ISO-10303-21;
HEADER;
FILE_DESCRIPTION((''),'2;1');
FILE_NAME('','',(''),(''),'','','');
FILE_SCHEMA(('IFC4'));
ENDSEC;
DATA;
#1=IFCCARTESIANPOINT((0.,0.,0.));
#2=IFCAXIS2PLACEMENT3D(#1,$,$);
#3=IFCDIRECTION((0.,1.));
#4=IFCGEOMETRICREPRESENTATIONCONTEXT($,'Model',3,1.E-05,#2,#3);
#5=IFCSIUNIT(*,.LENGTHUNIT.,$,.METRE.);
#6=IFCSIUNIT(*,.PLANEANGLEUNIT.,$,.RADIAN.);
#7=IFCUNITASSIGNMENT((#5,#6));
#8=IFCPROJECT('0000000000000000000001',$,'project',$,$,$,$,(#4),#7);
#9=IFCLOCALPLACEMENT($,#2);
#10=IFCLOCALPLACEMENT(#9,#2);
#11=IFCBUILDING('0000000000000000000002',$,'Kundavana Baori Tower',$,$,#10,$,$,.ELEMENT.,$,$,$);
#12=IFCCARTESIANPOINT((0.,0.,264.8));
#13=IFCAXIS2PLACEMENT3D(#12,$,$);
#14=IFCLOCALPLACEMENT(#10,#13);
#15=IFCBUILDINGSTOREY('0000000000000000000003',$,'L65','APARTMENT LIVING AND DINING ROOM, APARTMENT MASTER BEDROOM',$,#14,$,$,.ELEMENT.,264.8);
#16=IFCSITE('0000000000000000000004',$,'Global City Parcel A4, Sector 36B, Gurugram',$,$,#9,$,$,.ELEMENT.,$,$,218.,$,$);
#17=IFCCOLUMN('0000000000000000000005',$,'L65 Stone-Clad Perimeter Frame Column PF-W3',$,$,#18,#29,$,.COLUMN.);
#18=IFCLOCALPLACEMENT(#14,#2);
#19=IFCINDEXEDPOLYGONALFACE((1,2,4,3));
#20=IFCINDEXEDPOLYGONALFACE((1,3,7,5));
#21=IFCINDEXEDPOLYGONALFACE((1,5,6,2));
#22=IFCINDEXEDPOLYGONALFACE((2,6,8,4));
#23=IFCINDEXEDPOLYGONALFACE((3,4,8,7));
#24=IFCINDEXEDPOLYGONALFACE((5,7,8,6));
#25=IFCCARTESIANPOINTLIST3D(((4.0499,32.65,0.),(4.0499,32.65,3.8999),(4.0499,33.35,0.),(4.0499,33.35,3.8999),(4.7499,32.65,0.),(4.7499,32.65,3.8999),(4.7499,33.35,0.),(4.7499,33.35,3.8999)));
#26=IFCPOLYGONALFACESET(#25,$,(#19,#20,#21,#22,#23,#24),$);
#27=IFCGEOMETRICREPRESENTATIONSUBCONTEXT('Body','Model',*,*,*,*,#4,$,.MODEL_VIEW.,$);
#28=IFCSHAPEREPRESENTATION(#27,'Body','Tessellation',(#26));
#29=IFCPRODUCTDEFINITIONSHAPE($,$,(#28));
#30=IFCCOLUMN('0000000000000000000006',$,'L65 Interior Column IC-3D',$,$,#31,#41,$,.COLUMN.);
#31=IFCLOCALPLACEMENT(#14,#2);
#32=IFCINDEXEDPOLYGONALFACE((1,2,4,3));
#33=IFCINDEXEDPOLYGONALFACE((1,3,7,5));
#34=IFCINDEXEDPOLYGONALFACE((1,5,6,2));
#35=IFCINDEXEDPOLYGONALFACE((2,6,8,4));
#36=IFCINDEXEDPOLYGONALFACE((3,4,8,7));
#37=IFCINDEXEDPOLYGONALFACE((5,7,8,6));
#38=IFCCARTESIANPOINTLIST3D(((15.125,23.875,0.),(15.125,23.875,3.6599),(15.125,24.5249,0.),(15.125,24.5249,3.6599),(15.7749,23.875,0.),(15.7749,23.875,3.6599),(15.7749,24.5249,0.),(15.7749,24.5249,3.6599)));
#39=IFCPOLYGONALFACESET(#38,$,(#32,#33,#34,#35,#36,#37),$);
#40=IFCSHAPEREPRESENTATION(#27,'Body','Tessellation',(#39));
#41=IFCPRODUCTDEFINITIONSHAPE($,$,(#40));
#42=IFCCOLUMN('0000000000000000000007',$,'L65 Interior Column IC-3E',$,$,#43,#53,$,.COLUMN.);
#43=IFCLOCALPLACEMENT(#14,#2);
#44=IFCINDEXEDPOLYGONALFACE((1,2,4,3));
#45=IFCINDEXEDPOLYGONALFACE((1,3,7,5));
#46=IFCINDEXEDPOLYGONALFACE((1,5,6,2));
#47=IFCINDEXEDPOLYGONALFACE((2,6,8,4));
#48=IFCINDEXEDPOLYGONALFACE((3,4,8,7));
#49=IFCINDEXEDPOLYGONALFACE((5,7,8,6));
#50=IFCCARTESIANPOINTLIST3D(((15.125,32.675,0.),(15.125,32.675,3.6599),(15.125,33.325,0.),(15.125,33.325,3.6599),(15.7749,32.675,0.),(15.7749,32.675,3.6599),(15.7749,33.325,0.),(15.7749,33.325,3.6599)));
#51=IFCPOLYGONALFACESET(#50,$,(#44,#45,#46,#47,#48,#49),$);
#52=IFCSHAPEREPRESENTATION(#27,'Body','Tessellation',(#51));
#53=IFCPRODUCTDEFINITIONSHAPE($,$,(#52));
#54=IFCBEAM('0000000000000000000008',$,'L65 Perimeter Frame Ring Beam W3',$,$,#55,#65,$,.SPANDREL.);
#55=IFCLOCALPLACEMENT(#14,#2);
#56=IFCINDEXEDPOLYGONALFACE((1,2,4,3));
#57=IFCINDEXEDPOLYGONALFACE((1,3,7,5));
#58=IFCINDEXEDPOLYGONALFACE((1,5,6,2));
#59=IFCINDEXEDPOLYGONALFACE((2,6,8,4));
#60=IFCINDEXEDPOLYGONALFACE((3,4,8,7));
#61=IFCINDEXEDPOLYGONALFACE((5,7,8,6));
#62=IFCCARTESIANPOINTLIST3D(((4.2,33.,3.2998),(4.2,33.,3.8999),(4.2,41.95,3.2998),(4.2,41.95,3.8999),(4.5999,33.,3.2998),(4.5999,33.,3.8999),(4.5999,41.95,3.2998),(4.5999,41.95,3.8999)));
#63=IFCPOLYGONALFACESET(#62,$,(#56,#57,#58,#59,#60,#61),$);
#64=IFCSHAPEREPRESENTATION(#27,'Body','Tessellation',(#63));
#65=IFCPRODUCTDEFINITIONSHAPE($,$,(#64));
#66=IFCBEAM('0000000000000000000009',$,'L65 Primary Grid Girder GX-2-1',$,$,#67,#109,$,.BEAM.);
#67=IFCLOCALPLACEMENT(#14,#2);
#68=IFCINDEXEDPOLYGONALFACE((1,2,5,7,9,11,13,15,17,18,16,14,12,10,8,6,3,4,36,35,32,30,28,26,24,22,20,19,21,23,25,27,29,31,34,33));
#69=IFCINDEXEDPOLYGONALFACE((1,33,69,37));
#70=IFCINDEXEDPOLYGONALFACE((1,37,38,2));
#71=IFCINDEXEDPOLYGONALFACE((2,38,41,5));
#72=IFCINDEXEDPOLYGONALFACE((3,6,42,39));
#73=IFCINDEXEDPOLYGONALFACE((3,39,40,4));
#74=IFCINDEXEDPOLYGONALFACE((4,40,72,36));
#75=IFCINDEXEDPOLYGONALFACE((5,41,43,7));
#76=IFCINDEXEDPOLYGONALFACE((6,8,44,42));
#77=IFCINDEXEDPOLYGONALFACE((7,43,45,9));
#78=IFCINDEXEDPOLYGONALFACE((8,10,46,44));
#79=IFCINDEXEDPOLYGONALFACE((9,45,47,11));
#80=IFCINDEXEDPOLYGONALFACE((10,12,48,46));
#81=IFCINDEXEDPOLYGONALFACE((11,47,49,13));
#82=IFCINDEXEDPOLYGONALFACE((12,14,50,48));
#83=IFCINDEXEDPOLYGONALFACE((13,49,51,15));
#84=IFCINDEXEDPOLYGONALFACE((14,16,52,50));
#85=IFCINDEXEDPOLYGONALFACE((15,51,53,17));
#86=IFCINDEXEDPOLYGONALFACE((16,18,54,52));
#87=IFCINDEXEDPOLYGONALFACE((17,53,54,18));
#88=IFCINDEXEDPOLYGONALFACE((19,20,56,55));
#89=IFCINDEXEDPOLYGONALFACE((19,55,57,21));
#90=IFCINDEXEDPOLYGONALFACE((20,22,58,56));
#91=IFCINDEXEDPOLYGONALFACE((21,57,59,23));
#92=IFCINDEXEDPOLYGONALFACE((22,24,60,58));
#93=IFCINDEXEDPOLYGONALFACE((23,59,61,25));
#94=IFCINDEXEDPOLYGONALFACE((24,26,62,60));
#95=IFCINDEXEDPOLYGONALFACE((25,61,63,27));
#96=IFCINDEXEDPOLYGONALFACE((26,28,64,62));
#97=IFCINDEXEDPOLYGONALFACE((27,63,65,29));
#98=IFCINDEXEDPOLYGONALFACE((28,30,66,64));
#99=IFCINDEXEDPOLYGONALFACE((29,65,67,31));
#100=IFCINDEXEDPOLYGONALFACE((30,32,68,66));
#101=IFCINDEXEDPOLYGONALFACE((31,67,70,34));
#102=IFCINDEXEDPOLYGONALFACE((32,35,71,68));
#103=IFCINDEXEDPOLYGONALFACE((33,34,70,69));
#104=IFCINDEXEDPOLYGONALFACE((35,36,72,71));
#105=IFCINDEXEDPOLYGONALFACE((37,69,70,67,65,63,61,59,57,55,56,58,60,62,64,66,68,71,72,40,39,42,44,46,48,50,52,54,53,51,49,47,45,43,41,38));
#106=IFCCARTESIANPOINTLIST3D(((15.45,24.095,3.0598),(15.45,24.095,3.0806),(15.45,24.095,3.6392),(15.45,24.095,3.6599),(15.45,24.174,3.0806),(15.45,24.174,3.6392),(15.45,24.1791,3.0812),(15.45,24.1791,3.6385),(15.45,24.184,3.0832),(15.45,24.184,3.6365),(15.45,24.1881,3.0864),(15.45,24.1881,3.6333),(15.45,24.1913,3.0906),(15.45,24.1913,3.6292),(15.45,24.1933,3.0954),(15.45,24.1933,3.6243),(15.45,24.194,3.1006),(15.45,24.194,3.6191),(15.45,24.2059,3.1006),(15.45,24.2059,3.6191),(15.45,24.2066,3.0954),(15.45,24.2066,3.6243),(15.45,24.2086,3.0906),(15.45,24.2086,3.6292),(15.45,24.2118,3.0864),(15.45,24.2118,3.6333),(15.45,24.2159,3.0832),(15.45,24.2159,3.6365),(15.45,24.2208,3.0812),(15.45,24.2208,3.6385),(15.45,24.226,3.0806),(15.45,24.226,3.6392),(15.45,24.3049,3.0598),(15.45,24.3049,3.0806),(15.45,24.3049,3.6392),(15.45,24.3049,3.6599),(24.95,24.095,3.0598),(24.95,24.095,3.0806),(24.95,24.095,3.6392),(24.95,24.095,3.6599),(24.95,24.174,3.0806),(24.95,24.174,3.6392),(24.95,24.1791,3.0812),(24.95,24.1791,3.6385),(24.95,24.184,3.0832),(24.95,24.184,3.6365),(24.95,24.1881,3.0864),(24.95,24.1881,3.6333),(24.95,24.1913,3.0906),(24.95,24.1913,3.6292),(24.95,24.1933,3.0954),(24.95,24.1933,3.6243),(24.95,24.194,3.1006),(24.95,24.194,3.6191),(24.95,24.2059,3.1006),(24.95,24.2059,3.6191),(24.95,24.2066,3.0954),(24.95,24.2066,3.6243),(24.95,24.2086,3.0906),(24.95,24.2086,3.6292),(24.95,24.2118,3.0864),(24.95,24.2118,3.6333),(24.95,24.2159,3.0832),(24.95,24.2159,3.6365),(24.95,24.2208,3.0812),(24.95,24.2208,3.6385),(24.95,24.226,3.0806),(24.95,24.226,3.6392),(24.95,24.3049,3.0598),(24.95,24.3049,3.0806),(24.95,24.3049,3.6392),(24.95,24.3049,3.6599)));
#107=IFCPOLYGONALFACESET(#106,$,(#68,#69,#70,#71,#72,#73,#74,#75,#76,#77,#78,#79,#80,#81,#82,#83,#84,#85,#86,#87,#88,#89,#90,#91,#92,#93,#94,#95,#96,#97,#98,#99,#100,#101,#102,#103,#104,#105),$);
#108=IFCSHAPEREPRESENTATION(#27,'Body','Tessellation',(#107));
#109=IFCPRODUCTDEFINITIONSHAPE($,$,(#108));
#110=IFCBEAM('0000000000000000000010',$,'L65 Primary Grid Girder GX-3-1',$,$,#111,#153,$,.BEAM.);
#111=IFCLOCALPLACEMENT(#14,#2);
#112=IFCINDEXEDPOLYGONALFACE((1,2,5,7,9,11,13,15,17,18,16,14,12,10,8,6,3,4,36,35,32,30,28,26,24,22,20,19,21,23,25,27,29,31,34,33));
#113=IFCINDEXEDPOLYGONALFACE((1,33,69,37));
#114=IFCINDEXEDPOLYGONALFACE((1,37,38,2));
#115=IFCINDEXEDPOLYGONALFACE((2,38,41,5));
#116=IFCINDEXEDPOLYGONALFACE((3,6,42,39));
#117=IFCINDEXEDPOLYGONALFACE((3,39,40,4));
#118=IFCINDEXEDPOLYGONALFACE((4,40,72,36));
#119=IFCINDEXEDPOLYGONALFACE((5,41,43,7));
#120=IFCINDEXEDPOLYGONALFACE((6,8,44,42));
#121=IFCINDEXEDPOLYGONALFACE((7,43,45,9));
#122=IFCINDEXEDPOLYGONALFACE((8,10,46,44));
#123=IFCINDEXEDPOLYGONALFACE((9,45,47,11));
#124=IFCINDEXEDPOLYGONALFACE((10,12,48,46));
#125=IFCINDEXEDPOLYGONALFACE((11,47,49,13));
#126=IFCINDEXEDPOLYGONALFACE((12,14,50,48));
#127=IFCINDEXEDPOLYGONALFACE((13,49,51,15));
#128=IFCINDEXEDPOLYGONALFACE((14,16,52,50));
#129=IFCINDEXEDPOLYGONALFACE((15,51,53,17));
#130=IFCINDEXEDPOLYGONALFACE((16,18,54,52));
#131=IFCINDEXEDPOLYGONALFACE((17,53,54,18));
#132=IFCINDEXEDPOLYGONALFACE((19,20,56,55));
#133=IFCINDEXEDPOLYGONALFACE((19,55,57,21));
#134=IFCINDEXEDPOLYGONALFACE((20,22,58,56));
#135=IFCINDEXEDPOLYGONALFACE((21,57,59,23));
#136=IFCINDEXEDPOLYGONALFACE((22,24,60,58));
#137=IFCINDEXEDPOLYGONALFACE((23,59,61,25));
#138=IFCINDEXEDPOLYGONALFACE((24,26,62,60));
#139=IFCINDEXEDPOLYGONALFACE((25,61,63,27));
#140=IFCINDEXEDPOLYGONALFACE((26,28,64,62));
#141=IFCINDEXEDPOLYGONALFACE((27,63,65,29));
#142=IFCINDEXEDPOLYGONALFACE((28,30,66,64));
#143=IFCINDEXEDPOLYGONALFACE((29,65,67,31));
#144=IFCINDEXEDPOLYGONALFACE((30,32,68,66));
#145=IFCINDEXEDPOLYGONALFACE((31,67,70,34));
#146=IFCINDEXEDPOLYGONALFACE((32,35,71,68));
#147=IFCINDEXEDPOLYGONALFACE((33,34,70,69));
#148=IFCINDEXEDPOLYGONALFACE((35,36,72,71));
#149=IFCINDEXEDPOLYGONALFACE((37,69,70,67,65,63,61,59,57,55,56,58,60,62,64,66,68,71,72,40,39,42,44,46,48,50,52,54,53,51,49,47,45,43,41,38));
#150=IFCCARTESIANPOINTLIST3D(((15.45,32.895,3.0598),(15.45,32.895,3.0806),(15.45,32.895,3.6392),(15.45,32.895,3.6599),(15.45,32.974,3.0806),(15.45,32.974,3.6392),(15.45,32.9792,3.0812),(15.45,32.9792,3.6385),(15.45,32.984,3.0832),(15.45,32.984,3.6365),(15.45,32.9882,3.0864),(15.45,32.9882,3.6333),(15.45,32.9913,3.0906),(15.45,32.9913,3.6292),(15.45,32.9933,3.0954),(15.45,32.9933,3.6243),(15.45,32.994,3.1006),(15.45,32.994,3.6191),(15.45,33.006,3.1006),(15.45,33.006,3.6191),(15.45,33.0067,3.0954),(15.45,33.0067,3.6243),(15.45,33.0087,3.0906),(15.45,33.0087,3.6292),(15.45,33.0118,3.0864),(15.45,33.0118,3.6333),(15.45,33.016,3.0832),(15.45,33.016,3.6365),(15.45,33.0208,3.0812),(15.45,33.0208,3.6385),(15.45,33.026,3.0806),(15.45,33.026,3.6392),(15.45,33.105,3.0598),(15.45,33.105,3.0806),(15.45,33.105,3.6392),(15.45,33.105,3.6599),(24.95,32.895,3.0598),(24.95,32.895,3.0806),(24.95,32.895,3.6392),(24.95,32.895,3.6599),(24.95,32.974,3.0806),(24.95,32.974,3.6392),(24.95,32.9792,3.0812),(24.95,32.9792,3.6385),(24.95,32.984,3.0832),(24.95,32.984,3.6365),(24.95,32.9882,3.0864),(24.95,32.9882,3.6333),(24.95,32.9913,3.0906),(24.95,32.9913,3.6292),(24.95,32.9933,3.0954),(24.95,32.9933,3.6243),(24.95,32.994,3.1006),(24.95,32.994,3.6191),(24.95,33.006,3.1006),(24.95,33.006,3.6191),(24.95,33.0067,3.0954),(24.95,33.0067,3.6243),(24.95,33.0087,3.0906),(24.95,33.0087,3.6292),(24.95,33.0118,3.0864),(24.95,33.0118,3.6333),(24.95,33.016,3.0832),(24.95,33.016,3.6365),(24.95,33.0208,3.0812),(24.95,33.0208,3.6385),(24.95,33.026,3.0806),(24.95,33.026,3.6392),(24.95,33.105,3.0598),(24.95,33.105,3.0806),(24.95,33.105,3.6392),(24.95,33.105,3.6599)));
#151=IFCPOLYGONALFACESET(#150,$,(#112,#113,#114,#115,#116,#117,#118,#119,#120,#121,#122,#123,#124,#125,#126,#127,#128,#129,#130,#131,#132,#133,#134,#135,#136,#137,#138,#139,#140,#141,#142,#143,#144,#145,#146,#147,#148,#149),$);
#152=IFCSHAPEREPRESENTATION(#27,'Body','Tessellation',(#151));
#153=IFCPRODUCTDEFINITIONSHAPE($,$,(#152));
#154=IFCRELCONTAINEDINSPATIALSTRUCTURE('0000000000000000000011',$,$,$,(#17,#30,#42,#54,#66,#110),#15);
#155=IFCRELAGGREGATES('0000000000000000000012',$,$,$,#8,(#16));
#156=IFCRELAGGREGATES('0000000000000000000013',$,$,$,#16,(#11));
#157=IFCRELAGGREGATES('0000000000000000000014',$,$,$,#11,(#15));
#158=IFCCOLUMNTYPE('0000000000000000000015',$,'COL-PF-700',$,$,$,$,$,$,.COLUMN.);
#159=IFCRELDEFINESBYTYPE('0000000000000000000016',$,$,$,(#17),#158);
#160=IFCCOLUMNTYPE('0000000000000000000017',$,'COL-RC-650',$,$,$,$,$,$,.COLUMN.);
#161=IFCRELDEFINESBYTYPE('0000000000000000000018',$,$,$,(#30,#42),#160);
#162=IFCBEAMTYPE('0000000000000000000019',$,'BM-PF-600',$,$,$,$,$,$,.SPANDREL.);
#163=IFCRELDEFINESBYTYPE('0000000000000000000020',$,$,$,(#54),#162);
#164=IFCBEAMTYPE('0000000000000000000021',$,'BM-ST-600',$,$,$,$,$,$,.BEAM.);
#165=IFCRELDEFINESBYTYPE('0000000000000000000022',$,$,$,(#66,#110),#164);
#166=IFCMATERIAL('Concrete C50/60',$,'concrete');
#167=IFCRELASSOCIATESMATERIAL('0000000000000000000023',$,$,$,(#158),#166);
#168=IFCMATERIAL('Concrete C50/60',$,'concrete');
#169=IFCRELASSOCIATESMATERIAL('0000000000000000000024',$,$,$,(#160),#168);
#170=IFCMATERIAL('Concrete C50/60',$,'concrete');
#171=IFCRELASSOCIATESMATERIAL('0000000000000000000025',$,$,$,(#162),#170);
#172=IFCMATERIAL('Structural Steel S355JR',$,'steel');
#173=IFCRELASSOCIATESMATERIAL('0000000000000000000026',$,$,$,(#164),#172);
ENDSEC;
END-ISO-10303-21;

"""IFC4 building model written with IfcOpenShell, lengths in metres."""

from ifc_helpers import new_model, si_unit, direction, frame, origin, origin_2d, place, context, subcontext, project, spatial, rectangle, i_section, extrude, material, material_profile, profile_set, type_object, element, save


model = new_model("IFC4")

# Units and contexts
model_context = context("Model", 3, precision=1e-05, world=origin(), true_north=direction((0.0, 1.0)))
body_context = subcontext(model_context, "Body", "Model", "MODEL_VIEW")
ifc_project = project(units=[si_unit("LENGTHUNIT", "METRE"), si_unit("PLANEANGLEUNIT", "RADIAN")], contexts=[model_context])

# Site, building, storey
site_placement = place(None, origin())
site = spatial("IfcSite", under=ifc_project, at=site_placement, Name="Global City Parcel A4, Sector 36B, Gurugram", CompositionType="ELEMENT", RefElevation=218.0)
building_placement = place(site_placement, origin())
building = spatial("IfcBuilding", under=site, at=building_placement, Name="Kundavana Baori Tower", CompositionType="ELEMENT")
storey_placement = place(building_placement, frame((0.0, 0.0, 264.8)))
storey = spatial("IfcBuildingStorey", under=building, at=storey_placement, Name="L65", Description="APARTMENT LIVING AND DINING ROOM, APARTMENT MASTER BEDROOM", CompositionType="ELEMENT", Elevation=264.8)

# Columns
ifc_material_1 = material(Name="Concrete C50/60", Category="concrete")
ifc_material_profile_1 = material_profile(ifc_material_1, rectangle(XDim=0.7, YDim=0.7, at=origin_2d()), Name="RC PF 700x700")
ifc_profile_set_1 = profile_set([ifc_material_profile_1], Name="Concrete C50/60")
column_type_1 = type_object("IfcColumnType", Name="COL-PF-700", PredefinedType="COLUMN", material=ifc_profile_set_1)
column_placement = place(storey_placement, frame((4.3999, 33.0, 0.0), z_axis=(0.0, 0.0, 1.0), x_axis=(1.0, 0.0, 0.0)))
element("IfcColumn", 1, at=column_placement, inside=storey, type_object=column_type_1, Name="L65 Stone-Clad Perimeter Frame Column PF-W3", PredefinedType="COLUMN", context=body_context, shape_type="SweptSolid", body=[
    extrude(rectangle(XDim=0.7, YDim=0.7, at=origin_2d()), origin(), (0.0, 0.0, 1.0), 3.8999),
])
ifc_material_2 = material(Name="Concrete C50/60", Category="concrete")
ifc_material_profile_2 = material_profile(ifc_material_2, rectangle(XDim=0.6499, YDim=0.6499, at=origin_2d()), Name="RC 650x650")
ifc_profile_set_2 = profile_set([ifc_material_profile_2], Name="Concrete C50/60")
column_type_2 = type_object("IfcColumnType", Name="COL-RC-650", PredefinedType="COLUMN", material=ifc_profile_set_2)
for number, where, z_axis, x_axis, name in (
    (2, (15.45, 24.2, 0.0), (0.0, 0.0, 1.0), (1.0, 0.0, 0.0), "L65 Interior Column IC-3D"),
    (3, (15.45, 33.0, 0.0), (0.0, 0.0, 1.0), (1.0, 0.0, 0.0), "L65 Interior Column IC-3E"),
):
    element("IfcColumn", number, at=place(storey_placement, frame(where, z_axis=z_axis, x_axis=x_axis)), inside=storey, type_object=column_type_2, Name=name, PredefinedType="COLUMN", context=body_context, shape_type="SweptSolid", body=[
        extrude(rectangle(XDim=0.6499, YDim=0.6499, at=origin_2d()), origin(), (0.0, 0.0, 1.0), 3.6599),
    ])

# Beams
ifc_material_3 = material(Name="Concrete C50/60", Category="concrete")
ifc_material_profile_3 = material_profile(ifc_material_3, rectangle(XDim=0.3999, YDim=0.6001, at=origin_2d()), Name="RC BM 400x600")
ifc_profile_set_3 = profile_set([ifc_material_profile_3], Name="Concrete C50/60")
beam_type_1 = type_object("IfcBeamType", Name="BM-PF-600", PredefinedType="SPANDREL", material=ifc_profile_set_3)
beam_placement = place(storey_placement, frame((4.3999, 33.0, 3.5999), z_axis=(0.0, 1.0, 0.0), x_axis=(-1.0, 0.0, 0.0)))
element("IfcBeam", 4, at=beam_placement, inside=storey, type_object=beam_type_1, Name="L65 Perimeter Frame Ring Beam W3", PredefinedType="SPANDREL", context=body_context, shape_type="SweptSolid", body=[
    extrude(rectangle(XDim=0.3999, YDim=0.6001, at=origin_2d()), origin(), (0.0, 0.0, 1.0), 8.95),
])
ifc_material_4 = material(Name="Structural Steel S355JR", Category="steel")
ifc_material_profile_4 = material_profile(ifc_material_4, i_section(OverallWidth=0.21, OverallDepth=0.6001, WebThickness=0.012, FlangeThickness=0.0208, FilletRadius=0.02, at=origin_2d()), Name="ISMB 600")
ifc_profile_set_4 = profile_set([ifc_material_profile_4], Name="Structural Steel S355JR")
beam_type_2 = type_object("IfcBeamType", Name="BM-ST-600", PredefinedType="BEAM", material=ifc_profile_set_4)
for number, where, z_axis, x_axis, name in (
    (5, (15.45, 24.2, 3.3599), (1.0, 0.0, 0.0), (0.0, 1.0, 0.0), "L65 Primary Grid Girder GX-2-1"),
    (6, (15.45, 33.0, 3.3599), (1.0, 0.0, 0.0), (0.0, 1.0, 0.0), "L65 Primary Grid Girder GX-3-1"),
):
    element("IfcBeam", number, at=place(storey_placement, frame(where, z_axis=z_axis, x_axis=x_axis)), inside=storey, type_object=beam_type_2, Name=name, PredefinedType="BEAM", context=body_context, shape_type="SweptSolid", body=[
        extrude(i_section(OverallWidth=0.21, OverallDepth=0.6001, WebThickness=0.012, FlangeThickness=0.0208, FilletRadius=0.02, at=origin_2d()), origin(), (0.0, 0.0, 1.0), 9.5),
    ])

save(model, "model.ifc")
